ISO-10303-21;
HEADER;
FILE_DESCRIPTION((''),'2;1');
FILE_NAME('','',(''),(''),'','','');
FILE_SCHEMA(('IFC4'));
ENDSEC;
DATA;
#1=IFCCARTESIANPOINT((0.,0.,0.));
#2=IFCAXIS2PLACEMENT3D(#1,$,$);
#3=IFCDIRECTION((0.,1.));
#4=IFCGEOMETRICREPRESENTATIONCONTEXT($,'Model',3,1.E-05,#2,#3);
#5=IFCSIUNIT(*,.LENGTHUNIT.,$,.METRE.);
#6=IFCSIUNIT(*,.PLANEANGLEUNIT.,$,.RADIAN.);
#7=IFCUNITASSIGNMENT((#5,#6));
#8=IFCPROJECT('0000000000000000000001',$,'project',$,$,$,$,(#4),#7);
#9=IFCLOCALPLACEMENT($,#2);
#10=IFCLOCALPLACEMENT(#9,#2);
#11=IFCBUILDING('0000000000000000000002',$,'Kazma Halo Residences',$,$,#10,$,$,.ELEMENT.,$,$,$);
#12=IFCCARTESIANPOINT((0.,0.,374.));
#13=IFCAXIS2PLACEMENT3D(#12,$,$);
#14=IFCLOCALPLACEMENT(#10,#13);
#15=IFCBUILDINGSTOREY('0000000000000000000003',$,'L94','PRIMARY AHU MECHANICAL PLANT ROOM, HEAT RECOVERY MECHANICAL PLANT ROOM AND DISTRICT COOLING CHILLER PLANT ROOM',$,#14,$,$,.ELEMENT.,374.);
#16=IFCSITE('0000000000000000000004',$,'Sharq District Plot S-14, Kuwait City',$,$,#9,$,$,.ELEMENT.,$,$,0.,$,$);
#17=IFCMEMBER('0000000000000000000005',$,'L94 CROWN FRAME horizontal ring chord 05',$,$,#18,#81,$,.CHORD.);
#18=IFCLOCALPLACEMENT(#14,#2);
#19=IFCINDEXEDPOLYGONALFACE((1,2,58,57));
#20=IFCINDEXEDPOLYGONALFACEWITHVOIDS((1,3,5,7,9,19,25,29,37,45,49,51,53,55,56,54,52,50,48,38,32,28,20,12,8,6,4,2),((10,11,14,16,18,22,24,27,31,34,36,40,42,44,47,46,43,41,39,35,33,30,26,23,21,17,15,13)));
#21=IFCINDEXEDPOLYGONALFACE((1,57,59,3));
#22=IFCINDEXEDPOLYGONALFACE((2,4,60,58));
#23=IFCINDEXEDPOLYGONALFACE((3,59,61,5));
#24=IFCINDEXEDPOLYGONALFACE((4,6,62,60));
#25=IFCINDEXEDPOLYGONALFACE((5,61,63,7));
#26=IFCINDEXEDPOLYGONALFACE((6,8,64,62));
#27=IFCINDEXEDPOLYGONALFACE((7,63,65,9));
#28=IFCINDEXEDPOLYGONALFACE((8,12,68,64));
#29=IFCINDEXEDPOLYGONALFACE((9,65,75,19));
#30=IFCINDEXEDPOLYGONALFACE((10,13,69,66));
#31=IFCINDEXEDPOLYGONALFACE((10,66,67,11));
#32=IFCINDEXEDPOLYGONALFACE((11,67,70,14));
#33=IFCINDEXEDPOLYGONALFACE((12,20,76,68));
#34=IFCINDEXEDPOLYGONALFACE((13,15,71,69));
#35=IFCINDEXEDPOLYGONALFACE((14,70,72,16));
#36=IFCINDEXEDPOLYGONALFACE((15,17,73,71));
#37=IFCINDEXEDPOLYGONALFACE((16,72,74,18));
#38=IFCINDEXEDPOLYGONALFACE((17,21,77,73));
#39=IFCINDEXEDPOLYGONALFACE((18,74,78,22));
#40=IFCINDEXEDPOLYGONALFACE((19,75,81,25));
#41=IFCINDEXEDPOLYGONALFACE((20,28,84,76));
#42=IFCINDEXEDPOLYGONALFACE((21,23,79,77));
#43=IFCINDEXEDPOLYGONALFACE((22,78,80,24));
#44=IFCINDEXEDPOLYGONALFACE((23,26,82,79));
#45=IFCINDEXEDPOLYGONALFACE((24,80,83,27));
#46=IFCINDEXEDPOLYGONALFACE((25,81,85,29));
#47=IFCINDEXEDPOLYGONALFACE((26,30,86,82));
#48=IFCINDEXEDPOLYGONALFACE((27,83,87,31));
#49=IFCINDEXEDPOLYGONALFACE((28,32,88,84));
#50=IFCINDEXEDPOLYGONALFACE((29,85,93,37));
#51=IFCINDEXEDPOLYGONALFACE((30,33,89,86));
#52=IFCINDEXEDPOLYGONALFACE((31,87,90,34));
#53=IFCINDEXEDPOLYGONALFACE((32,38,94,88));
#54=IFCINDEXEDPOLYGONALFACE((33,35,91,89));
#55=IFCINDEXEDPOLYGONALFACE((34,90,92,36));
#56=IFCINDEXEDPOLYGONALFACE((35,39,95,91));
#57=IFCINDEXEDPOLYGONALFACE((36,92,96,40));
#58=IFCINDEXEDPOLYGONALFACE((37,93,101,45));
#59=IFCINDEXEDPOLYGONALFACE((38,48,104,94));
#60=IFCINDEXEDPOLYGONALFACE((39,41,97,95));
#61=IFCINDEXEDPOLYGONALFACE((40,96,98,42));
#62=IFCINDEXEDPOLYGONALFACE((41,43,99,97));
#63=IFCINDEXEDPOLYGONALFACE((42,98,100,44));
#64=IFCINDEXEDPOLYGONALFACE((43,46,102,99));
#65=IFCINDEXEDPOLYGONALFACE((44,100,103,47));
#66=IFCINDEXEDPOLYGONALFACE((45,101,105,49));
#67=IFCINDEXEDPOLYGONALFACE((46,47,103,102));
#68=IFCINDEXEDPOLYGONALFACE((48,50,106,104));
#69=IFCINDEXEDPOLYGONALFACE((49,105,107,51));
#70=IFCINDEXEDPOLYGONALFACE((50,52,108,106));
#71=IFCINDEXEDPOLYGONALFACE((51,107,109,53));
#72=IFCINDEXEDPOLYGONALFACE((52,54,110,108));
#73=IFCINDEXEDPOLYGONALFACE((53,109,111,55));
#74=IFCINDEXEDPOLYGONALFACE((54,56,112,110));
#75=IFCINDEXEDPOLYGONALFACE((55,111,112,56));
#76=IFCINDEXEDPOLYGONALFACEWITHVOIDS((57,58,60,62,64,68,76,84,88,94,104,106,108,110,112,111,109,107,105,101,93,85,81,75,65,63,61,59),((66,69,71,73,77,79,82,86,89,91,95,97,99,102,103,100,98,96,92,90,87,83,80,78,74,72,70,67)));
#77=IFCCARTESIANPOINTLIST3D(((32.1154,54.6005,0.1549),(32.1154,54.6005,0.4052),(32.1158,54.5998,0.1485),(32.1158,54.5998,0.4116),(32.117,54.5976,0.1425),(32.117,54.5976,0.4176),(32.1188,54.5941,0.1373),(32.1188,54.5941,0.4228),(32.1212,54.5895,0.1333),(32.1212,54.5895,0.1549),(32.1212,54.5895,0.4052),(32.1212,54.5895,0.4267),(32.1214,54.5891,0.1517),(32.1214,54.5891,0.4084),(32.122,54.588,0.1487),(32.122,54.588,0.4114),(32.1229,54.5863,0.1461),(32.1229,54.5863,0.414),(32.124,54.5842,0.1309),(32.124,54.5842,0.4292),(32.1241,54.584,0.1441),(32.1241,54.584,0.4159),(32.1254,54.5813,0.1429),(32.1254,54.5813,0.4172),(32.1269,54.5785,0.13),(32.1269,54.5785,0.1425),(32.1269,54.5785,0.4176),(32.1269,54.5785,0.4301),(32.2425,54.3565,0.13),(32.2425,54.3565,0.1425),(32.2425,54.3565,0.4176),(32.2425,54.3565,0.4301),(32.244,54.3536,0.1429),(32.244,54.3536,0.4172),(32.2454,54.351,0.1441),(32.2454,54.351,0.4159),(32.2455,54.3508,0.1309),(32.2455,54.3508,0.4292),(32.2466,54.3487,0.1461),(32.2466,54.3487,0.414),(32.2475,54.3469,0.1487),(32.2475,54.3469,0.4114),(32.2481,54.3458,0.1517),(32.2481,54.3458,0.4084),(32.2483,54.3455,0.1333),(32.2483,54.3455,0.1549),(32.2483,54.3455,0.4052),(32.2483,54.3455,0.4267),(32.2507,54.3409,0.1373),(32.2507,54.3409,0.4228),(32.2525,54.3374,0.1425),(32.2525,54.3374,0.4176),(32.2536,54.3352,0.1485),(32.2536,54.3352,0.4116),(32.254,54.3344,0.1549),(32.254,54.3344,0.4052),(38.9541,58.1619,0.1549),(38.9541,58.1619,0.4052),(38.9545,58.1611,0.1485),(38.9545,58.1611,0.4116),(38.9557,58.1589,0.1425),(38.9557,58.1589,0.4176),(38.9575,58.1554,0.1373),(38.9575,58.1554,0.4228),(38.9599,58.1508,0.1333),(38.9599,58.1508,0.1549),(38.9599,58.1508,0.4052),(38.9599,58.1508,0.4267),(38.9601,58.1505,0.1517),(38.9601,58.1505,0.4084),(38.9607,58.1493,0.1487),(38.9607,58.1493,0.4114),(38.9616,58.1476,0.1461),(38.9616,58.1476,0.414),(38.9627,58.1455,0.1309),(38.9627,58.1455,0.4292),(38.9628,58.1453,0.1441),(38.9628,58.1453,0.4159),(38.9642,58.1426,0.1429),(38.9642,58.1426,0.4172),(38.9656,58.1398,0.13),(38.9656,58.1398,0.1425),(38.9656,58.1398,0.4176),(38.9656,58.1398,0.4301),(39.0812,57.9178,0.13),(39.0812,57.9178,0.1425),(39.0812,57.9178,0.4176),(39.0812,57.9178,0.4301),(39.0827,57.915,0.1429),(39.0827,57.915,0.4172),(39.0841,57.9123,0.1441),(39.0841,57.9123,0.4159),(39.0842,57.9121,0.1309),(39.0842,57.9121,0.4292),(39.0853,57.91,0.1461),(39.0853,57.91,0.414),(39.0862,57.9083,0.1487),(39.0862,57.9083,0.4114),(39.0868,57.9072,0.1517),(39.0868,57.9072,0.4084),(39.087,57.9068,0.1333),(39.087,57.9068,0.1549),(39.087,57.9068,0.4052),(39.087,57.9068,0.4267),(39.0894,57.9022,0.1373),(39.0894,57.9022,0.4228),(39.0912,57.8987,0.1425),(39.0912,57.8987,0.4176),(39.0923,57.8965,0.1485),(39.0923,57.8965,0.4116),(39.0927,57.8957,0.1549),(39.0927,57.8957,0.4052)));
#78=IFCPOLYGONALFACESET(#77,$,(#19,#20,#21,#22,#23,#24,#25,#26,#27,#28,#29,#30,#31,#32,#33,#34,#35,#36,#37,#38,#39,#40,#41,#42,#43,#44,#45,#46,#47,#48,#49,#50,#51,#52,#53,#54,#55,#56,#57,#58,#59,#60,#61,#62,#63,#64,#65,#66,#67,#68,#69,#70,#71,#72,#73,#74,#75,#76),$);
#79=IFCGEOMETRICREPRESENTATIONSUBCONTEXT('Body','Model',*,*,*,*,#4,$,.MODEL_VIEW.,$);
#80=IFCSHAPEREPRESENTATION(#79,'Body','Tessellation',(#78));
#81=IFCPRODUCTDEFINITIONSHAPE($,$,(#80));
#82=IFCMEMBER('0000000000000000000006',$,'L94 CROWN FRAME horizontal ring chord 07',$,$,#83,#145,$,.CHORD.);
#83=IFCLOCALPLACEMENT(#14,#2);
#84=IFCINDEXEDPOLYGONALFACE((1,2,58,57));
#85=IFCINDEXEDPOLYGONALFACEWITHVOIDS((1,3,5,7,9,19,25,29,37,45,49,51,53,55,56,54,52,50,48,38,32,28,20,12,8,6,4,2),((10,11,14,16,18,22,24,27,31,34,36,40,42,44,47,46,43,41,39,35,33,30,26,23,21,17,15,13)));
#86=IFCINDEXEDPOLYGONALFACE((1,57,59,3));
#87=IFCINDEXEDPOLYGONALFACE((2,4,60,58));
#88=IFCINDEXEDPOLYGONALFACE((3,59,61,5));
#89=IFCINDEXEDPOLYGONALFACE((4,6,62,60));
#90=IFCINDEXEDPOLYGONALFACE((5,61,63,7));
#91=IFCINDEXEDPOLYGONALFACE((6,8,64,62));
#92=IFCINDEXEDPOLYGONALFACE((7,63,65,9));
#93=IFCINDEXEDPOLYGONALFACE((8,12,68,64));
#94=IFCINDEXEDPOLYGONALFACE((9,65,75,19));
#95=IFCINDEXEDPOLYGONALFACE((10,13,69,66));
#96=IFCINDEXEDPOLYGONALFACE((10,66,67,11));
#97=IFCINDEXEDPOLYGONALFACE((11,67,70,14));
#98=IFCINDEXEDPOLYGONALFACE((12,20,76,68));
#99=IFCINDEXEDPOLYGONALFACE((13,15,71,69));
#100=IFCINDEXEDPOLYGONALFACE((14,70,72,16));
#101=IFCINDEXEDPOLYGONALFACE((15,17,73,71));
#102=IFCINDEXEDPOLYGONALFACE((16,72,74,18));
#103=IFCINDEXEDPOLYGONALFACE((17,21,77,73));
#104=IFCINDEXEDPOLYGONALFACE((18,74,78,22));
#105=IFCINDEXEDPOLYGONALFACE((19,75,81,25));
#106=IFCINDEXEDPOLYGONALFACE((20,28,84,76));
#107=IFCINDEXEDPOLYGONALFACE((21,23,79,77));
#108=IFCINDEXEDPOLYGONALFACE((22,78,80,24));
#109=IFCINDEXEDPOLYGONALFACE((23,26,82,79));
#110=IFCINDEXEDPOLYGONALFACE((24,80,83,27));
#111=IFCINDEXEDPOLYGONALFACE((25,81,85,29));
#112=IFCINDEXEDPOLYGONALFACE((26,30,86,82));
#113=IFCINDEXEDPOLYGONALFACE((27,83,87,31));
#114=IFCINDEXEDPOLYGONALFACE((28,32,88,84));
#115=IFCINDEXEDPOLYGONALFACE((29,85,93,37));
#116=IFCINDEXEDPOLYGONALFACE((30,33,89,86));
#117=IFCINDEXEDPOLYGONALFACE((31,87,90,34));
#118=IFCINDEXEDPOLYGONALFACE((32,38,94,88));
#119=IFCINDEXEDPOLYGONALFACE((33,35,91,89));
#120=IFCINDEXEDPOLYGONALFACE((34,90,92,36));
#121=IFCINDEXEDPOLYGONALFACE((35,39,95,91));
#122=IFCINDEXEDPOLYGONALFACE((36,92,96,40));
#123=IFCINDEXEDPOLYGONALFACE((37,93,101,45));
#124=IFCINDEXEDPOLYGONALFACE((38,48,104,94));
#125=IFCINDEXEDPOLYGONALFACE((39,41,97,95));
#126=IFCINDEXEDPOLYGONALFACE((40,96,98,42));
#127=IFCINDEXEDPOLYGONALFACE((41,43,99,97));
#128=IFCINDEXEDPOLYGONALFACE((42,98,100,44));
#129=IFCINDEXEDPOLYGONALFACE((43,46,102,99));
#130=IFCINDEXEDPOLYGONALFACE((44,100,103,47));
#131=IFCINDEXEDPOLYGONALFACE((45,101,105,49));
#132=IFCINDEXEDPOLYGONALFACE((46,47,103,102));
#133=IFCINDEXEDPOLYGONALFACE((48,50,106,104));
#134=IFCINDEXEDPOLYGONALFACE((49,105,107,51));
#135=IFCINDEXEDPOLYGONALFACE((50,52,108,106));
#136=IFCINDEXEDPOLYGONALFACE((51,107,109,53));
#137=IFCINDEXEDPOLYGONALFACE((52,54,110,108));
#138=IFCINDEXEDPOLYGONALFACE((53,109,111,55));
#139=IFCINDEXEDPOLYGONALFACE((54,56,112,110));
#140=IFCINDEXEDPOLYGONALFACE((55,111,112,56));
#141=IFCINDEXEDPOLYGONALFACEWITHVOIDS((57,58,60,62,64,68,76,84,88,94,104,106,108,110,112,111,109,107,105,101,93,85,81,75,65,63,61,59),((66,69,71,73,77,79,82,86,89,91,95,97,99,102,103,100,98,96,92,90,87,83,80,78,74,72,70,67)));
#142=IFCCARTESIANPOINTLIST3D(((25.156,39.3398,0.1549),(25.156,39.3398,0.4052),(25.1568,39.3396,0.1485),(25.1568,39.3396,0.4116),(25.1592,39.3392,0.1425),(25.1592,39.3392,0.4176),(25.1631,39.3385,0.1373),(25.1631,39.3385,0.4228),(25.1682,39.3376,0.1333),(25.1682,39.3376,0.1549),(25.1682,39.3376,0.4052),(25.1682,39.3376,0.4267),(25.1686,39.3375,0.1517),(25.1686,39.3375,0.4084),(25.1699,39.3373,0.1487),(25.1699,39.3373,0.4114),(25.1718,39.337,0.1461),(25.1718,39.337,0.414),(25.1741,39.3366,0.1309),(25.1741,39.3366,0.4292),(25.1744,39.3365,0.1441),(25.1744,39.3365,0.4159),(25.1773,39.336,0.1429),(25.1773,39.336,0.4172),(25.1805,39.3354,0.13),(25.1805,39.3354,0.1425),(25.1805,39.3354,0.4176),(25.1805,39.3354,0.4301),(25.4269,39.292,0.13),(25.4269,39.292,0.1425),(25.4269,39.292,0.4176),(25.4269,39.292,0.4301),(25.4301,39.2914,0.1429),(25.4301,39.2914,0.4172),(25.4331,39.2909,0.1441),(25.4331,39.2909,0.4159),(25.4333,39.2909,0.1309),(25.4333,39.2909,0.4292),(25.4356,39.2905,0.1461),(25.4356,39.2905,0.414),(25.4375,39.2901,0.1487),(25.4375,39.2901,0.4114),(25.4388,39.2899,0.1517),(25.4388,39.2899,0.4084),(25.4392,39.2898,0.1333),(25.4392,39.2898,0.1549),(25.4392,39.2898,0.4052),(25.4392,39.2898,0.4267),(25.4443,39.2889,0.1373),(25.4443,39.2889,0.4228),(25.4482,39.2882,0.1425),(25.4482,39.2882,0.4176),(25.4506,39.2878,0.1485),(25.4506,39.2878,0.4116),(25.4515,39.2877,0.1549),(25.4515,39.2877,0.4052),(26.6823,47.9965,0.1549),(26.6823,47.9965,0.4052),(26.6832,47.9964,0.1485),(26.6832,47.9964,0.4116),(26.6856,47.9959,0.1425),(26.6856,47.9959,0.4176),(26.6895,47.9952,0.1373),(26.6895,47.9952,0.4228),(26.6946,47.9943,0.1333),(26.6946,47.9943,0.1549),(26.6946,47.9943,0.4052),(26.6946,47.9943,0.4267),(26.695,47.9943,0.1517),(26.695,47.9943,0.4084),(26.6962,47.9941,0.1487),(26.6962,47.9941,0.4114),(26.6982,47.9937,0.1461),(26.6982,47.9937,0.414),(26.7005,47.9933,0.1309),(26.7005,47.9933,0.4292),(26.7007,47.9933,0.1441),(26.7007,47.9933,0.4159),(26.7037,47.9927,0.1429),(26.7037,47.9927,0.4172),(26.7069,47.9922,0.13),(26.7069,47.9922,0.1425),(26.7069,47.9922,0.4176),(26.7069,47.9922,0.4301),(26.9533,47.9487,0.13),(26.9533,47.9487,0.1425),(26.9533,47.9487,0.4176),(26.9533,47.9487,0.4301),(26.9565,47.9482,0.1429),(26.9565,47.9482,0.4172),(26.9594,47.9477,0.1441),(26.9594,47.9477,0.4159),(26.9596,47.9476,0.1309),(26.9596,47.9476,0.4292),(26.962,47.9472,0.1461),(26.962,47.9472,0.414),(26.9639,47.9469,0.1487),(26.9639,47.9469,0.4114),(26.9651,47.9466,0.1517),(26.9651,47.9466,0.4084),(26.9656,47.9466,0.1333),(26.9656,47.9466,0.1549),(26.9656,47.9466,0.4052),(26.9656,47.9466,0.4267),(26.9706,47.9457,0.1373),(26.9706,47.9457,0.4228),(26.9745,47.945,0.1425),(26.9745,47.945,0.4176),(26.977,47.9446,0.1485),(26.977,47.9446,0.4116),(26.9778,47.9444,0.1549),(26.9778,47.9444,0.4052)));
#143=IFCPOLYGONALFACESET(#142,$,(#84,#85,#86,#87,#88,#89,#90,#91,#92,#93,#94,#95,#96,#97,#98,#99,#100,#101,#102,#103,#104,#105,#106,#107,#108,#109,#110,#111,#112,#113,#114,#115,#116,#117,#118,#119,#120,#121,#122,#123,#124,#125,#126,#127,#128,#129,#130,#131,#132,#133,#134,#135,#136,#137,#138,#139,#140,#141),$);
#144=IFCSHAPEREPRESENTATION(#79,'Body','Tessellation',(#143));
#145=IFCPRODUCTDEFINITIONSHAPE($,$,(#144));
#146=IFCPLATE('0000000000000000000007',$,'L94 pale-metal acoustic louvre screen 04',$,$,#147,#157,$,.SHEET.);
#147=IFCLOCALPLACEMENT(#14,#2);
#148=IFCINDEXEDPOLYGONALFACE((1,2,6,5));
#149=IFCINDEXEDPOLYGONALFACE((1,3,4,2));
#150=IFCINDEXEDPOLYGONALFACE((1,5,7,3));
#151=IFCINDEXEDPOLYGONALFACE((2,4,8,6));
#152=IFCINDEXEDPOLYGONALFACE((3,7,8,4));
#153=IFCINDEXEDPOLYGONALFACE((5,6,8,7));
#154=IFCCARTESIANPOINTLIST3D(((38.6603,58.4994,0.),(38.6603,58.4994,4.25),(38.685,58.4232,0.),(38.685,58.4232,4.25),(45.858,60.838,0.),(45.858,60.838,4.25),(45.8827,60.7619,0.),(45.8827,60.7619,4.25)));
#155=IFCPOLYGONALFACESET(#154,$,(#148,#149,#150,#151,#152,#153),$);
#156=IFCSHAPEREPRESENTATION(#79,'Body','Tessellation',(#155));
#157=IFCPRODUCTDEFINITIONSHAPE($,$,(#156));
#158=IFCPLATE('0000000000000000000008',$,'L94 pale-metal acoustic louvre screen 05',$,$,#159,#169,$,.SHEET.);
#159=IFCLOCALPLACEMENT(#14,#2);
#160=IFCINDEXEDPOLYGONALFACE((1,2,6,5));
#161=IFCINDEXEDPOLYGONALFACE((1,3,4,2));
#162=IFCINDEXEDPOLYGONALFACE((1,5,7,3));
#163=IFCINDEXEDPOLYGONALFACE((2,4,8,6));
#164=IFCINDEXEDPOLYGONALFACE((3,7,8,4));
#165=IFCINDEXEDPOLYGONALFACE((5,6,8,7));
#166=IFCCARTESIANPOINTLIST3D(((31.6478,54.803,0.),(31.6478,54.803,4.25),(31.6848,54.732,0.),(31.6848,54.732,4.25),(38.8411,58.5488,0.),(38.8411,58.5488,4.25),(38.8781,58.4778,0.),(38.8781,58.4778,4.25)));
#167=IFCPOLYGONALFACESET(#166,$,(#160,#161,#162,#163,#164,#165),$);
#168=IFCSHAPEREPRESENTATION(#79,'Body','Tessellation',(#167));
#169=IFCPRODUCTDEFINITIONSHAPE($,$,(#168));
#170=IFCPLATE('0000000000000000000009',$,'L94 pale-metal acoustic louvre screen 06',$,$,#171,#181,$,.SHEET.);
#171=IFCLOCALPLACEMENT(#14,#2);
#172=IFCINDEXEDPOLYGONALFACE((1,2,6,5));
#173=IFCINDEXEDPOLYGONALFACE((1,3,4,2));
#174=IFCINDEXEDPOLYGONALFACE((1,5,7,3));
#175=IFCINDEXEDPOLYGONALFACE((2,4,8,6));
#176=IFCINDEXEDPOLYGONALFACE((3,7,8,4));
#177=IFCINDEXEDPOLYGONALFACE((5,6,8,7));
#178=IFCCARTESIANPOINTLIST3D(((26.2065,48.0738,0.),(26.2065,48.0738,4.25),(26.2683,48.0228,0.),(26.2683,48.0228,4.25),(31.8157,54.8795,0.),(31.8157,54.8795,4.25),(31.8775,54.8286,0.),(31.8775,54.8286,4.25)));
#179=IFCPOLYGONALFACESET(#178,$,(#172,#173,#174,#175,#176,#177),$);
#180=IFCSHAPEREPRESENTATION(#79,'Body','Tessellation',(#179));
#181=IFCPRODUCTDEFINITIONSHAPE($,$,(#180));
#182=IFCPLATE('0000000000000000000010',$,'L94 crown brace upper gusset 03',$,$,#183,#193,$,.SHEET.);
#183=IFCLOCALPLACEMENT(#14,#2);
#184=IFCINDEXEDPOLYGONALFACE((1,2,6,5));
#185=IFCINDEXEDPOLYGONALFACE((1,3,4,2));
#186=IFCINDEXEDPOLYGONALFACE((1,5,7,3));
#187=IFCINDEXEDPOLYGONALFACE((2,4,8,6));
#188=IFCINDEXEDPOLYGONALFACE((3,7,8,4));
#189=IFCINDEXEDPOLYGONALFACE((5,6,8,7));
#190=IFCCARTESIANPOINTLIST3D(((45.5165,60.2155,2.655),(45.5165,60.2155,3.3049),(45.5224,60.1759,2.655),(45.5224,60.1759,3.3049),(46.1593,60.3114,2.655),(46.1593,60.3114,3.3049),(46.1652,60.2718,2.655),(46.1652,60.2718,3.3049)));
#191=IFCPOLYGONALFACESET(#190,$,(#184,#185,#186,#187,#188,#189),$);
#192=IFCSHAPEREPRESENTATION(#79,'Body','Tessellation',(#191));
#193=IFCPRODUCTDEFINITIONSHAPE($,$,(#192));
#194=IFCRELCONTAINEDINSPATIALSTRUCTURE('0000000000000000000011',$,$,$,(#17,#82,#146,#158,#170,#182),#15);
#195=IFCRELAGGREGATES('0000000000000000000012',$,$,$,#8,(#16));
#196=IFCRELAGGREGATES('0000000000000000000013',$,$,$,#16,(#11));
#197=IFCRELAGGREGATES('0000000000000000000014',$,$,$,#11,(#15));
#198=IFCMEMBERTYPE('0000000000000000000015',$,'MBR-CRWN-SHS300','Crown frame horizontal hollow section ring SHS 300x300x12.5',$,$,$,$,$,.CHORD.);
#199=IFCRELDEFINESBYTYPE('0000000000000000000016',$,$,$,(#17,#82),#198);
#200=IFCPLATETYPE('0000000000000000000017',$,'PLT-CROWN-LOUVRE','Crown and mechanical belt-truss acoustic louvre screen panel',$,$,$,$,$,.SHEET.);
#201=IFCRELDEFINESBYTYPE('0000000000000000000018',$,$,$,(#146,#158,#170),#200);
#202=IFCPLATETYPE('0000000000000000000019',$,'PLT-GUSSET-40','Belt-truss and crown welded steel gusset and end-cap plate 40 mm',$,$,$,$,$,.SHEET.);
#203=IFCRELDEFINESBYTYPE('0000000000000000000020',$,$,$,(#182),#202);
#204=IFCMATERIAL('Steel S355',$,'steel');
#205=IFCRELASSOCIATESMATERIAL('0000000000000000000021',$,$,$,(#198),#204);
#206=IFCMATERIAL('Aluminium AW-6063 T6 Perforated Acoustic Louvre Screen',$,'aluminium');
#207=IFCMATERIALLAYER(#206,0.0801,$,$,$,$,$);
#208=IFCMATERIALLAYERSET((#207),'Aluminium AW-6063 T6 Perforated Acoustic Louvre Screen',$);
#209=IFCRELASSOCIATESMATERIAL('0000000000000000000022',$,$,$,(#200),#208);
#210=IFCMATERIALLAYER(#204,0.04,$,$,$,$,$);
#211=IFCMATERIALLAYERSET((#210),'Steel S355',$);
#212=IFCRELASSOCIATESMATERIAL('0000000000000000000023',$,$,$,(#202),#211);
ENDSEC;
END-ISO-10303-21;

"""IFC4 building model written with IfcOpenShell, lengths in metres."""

from ifc_helpers import new_model, si_unit, direction, frame, origin, origin_2d, place, context, subcontext, project, spatial, rectangle, hollow_rectangle, extrude, material, layer, layer_set, material_profile, profile_set, type_object, element, save


model = new_model("IFC4")

# Units and contexts
model_context = context("Model", 3, precision=1e-05, world=origin(), true_north=direction((0.0, 1.0)))
body_context = subcontext(model_context, "Body", "Model", "MODEL_VIEW")
ifc_project = project(units=[si_unit("LENGTHUNIT", "METRE"), si_unit("PLANEANGLEUNIT", "RADIAN")], contexts=[model_context])

# Site, building, storey
site_placement = place(None, origin())
site = spatial("IfcSite", under=ifc_project, at=site_placement, Name="Sharq District Plot S-14, Kuwait City", CompositionType="ELEMENT", RefElevation=0.0)
building_placement = place(site_placement, origin())
building = spatial("IfcBuilding", under=site, at=building_placement, Name="Kazma Halo Residences", CompositionType="ELEMENT")
storey_placement = place(building_placement, frame((0.0, 0.0, 374.0)))
storey = spatial("IfcBuildingStorey", under=building, at=storey_placement, Name="L94", Description="PRIMARY AHU MECHANICAL PLANT ROOM, HEAT RECOVERY MECHANICAL PLANT ROOM AND DISTRICT COOLING CHILLER PLANT ROOM", CompositionType="ELEMENT", Elevation=374.0)

# Shared definitions
ifc_material_1 = material(Name="Steel S355", Category="steel")

# Members
ifc_material_profile_1 = material_profile(ifc_material_1, hollow_rectangle(XDim=0.3, YDim=0.3, WallThickness=0.0125, InnerFilletRadius=0.0125, OuterFilletRadius=0.0249, at=origin_2d()), Name="SHS300x300x12.5")
ifc_profile_set_1 = profile_set([ifc_material_profile_1], Name="Steel S355")
member_type_1 = type_object("IfcMemberType", Name="MBR-CRWN-SHS300", Description="Crown frame horizontal hollow section ring SHS 300x300x12.5", PredefinedType="CHORD", material=ifc_profile_set_1)
member_1_placement = place(storey_placement, frame((39.0234, 58.0288, 0.28), z_axis=(-0.886941, -0.461883, 0.0), x_axis=(0.461883, -0.886941, 0.0)))
element("IfcMember", 1, at=member_1_placement, inside=storey, type_object=member_type_1, Name="L94 CROWN FRAME horizontal ring chord 05", PredefinedType="CHORD", context=body_context, shape_type="SweptSolid", body=[
    extrude(hollow_rectangle(XDim=0.3, YDim=0.3, WallThickness=0.0125, InnerFilletRadius=0.0125, OuterFilletRadius=0.0249, at=origin_2d()), origin(), (0.0, 0.0, 1.0), 7.7104),
])
member_2_placement = place(storey_placement, frame((26.8301, 47.9705, 0.28), z_axis=(-0.173643, -0.984809, 0.0), x_axis=(0.984809, -0.173643, 0.0)))
element("IfcMember", 2, at=member_2_placement, inside=storey, type_object=member_type_1, Name="L94 CROWN FRAME horizontal ring chord 07", PredefinedType="CHORD", context=body_context, shape_type="SweptSolid", body=[
    extrude(hollow_rectangle(XDim=0.3, YDim=0.3, WallThickness=0.0125, InnerFilletRadius=0.0125, OuterFilletRadius=0.0249, at=origin_2d()), origin(), (0.0, 0.0, 1.0), 8.7903),
])

# Plates
ifc_material_2 = material(Name="Aluminium AW-6063 T6 Perforated Acoustic Louvre Screen", Category="aluminium")
ifc_layer_1 = layer(ifc_material_2, 0.0801)
ifc_layer_set_1 = layer_set([ifc_layer_1], Name="Aluminium AW-6063 T6 Perforated Acoustic Louvre Screen")
plate_type_1 = type_object("IfcPlateType", Name="PLT-CROWN-LOUVRE", Description="Crown and mechanical belt-truss acoustic louvre screen panel", PredefinedType="SHEET", material=ifc_layer_set_1)
plate_1_placement = place(storey_placement, frame((42.2715, 59.6306, 0.0), z_axis=(0.0, 0.0, 1.0), x_axis=(-0.951058, -0.309012, 0.0)))
element("IfcPlate", 3, at=plate_1_placement, inside=storey, type_object=plate_type_1, Name="L94 pale-metal acoustic louvre screen 04", PredefinedType="SHEET", context=body_context, shape_type="SweptSolid", body=[
    extrude(rectangle(XDim=7.5681, YDim=0.0801, at=origin_2d()), origin(), (0.0, 0.0, 1.0), 4.25),
])
plate_2_placement = place(storey_placement, frame((35.2629, 56.6404, 0.0), z_axis=(0.0, 0.0, 1.0), x_axis=(-0.88695, -0.461866, 0.0)))
element("IfcPlate", 4, at=plate_2_placement, inside=storey, type_object=plate_type_1, Name="L94 pale-metal acoustic louvre screen 05", PredefinedType="SHEET", context=body_context, shape_type="SweptSolid", body=[
    extrude(rectangle(XDim=8.1101, YDim=0.0801, at=origin_2d()), origin(), (0.0, 0.0, 1.0), 4.25),
])
plate_3_placement = place(storey_placement, frame((29.042, 51.4512, 0.0), z_axis=(0.0, 0.0, 1.0), x_axis=(-0.636008, -0.771683, 0.0)))
element("IfcPlate", 5, at=plate_3_placement, inside=storey, type_object=plate_type_1, Name="L94 pale-metal acoustic louvre screen 06", PredefinedType="SHEET", context=body_context, shape_type="SweptSolid", body=[
    extrude(rectangle(XDim=8.8193, YDim=0.0801, at=origin_2d()), origin(), (0.0, 0.0, 1.0), 4.25),
])
ifc_layer_2 = layer(ifc_material_1, 0.04)
ifc_layer_set_2 = layer_set([ifc_layer_2], Name="Steel S355")
plate_type_2 = type_object("IfcPlateType", Name="PLT-GUSSET-40", Description="Belt-truss and crown welded steel gusset and end-cap plate 40 mm", PredefinedType="SHEET", material=ifc_layer_set_2)
for number, where, z_axis, x_axis, name in (
    (6, (45.8408, 60.2437, 2.655), (0.0, 0.0, 1.0), (-0.989034, -0.147687, 0.0), "L94 crown brace upper gusset 03"),
):
    element("IfcPlate", number, at=place(storey_placement, frame(where, z_axis=z_axis, x_axis=x_axis)), inside=storey, type_object=plate_type_2, Name=name, PredefinedType="SHEET", context=body_context, shape_type="SweptSolid", body=[
        extrude(rectangle(XDim=0.6499, YDim=0.04, at=origin_2d()), origin(), (0.0, 0.0, 1.0), 0.6499),
    ])

save(model, "model.ifc")
